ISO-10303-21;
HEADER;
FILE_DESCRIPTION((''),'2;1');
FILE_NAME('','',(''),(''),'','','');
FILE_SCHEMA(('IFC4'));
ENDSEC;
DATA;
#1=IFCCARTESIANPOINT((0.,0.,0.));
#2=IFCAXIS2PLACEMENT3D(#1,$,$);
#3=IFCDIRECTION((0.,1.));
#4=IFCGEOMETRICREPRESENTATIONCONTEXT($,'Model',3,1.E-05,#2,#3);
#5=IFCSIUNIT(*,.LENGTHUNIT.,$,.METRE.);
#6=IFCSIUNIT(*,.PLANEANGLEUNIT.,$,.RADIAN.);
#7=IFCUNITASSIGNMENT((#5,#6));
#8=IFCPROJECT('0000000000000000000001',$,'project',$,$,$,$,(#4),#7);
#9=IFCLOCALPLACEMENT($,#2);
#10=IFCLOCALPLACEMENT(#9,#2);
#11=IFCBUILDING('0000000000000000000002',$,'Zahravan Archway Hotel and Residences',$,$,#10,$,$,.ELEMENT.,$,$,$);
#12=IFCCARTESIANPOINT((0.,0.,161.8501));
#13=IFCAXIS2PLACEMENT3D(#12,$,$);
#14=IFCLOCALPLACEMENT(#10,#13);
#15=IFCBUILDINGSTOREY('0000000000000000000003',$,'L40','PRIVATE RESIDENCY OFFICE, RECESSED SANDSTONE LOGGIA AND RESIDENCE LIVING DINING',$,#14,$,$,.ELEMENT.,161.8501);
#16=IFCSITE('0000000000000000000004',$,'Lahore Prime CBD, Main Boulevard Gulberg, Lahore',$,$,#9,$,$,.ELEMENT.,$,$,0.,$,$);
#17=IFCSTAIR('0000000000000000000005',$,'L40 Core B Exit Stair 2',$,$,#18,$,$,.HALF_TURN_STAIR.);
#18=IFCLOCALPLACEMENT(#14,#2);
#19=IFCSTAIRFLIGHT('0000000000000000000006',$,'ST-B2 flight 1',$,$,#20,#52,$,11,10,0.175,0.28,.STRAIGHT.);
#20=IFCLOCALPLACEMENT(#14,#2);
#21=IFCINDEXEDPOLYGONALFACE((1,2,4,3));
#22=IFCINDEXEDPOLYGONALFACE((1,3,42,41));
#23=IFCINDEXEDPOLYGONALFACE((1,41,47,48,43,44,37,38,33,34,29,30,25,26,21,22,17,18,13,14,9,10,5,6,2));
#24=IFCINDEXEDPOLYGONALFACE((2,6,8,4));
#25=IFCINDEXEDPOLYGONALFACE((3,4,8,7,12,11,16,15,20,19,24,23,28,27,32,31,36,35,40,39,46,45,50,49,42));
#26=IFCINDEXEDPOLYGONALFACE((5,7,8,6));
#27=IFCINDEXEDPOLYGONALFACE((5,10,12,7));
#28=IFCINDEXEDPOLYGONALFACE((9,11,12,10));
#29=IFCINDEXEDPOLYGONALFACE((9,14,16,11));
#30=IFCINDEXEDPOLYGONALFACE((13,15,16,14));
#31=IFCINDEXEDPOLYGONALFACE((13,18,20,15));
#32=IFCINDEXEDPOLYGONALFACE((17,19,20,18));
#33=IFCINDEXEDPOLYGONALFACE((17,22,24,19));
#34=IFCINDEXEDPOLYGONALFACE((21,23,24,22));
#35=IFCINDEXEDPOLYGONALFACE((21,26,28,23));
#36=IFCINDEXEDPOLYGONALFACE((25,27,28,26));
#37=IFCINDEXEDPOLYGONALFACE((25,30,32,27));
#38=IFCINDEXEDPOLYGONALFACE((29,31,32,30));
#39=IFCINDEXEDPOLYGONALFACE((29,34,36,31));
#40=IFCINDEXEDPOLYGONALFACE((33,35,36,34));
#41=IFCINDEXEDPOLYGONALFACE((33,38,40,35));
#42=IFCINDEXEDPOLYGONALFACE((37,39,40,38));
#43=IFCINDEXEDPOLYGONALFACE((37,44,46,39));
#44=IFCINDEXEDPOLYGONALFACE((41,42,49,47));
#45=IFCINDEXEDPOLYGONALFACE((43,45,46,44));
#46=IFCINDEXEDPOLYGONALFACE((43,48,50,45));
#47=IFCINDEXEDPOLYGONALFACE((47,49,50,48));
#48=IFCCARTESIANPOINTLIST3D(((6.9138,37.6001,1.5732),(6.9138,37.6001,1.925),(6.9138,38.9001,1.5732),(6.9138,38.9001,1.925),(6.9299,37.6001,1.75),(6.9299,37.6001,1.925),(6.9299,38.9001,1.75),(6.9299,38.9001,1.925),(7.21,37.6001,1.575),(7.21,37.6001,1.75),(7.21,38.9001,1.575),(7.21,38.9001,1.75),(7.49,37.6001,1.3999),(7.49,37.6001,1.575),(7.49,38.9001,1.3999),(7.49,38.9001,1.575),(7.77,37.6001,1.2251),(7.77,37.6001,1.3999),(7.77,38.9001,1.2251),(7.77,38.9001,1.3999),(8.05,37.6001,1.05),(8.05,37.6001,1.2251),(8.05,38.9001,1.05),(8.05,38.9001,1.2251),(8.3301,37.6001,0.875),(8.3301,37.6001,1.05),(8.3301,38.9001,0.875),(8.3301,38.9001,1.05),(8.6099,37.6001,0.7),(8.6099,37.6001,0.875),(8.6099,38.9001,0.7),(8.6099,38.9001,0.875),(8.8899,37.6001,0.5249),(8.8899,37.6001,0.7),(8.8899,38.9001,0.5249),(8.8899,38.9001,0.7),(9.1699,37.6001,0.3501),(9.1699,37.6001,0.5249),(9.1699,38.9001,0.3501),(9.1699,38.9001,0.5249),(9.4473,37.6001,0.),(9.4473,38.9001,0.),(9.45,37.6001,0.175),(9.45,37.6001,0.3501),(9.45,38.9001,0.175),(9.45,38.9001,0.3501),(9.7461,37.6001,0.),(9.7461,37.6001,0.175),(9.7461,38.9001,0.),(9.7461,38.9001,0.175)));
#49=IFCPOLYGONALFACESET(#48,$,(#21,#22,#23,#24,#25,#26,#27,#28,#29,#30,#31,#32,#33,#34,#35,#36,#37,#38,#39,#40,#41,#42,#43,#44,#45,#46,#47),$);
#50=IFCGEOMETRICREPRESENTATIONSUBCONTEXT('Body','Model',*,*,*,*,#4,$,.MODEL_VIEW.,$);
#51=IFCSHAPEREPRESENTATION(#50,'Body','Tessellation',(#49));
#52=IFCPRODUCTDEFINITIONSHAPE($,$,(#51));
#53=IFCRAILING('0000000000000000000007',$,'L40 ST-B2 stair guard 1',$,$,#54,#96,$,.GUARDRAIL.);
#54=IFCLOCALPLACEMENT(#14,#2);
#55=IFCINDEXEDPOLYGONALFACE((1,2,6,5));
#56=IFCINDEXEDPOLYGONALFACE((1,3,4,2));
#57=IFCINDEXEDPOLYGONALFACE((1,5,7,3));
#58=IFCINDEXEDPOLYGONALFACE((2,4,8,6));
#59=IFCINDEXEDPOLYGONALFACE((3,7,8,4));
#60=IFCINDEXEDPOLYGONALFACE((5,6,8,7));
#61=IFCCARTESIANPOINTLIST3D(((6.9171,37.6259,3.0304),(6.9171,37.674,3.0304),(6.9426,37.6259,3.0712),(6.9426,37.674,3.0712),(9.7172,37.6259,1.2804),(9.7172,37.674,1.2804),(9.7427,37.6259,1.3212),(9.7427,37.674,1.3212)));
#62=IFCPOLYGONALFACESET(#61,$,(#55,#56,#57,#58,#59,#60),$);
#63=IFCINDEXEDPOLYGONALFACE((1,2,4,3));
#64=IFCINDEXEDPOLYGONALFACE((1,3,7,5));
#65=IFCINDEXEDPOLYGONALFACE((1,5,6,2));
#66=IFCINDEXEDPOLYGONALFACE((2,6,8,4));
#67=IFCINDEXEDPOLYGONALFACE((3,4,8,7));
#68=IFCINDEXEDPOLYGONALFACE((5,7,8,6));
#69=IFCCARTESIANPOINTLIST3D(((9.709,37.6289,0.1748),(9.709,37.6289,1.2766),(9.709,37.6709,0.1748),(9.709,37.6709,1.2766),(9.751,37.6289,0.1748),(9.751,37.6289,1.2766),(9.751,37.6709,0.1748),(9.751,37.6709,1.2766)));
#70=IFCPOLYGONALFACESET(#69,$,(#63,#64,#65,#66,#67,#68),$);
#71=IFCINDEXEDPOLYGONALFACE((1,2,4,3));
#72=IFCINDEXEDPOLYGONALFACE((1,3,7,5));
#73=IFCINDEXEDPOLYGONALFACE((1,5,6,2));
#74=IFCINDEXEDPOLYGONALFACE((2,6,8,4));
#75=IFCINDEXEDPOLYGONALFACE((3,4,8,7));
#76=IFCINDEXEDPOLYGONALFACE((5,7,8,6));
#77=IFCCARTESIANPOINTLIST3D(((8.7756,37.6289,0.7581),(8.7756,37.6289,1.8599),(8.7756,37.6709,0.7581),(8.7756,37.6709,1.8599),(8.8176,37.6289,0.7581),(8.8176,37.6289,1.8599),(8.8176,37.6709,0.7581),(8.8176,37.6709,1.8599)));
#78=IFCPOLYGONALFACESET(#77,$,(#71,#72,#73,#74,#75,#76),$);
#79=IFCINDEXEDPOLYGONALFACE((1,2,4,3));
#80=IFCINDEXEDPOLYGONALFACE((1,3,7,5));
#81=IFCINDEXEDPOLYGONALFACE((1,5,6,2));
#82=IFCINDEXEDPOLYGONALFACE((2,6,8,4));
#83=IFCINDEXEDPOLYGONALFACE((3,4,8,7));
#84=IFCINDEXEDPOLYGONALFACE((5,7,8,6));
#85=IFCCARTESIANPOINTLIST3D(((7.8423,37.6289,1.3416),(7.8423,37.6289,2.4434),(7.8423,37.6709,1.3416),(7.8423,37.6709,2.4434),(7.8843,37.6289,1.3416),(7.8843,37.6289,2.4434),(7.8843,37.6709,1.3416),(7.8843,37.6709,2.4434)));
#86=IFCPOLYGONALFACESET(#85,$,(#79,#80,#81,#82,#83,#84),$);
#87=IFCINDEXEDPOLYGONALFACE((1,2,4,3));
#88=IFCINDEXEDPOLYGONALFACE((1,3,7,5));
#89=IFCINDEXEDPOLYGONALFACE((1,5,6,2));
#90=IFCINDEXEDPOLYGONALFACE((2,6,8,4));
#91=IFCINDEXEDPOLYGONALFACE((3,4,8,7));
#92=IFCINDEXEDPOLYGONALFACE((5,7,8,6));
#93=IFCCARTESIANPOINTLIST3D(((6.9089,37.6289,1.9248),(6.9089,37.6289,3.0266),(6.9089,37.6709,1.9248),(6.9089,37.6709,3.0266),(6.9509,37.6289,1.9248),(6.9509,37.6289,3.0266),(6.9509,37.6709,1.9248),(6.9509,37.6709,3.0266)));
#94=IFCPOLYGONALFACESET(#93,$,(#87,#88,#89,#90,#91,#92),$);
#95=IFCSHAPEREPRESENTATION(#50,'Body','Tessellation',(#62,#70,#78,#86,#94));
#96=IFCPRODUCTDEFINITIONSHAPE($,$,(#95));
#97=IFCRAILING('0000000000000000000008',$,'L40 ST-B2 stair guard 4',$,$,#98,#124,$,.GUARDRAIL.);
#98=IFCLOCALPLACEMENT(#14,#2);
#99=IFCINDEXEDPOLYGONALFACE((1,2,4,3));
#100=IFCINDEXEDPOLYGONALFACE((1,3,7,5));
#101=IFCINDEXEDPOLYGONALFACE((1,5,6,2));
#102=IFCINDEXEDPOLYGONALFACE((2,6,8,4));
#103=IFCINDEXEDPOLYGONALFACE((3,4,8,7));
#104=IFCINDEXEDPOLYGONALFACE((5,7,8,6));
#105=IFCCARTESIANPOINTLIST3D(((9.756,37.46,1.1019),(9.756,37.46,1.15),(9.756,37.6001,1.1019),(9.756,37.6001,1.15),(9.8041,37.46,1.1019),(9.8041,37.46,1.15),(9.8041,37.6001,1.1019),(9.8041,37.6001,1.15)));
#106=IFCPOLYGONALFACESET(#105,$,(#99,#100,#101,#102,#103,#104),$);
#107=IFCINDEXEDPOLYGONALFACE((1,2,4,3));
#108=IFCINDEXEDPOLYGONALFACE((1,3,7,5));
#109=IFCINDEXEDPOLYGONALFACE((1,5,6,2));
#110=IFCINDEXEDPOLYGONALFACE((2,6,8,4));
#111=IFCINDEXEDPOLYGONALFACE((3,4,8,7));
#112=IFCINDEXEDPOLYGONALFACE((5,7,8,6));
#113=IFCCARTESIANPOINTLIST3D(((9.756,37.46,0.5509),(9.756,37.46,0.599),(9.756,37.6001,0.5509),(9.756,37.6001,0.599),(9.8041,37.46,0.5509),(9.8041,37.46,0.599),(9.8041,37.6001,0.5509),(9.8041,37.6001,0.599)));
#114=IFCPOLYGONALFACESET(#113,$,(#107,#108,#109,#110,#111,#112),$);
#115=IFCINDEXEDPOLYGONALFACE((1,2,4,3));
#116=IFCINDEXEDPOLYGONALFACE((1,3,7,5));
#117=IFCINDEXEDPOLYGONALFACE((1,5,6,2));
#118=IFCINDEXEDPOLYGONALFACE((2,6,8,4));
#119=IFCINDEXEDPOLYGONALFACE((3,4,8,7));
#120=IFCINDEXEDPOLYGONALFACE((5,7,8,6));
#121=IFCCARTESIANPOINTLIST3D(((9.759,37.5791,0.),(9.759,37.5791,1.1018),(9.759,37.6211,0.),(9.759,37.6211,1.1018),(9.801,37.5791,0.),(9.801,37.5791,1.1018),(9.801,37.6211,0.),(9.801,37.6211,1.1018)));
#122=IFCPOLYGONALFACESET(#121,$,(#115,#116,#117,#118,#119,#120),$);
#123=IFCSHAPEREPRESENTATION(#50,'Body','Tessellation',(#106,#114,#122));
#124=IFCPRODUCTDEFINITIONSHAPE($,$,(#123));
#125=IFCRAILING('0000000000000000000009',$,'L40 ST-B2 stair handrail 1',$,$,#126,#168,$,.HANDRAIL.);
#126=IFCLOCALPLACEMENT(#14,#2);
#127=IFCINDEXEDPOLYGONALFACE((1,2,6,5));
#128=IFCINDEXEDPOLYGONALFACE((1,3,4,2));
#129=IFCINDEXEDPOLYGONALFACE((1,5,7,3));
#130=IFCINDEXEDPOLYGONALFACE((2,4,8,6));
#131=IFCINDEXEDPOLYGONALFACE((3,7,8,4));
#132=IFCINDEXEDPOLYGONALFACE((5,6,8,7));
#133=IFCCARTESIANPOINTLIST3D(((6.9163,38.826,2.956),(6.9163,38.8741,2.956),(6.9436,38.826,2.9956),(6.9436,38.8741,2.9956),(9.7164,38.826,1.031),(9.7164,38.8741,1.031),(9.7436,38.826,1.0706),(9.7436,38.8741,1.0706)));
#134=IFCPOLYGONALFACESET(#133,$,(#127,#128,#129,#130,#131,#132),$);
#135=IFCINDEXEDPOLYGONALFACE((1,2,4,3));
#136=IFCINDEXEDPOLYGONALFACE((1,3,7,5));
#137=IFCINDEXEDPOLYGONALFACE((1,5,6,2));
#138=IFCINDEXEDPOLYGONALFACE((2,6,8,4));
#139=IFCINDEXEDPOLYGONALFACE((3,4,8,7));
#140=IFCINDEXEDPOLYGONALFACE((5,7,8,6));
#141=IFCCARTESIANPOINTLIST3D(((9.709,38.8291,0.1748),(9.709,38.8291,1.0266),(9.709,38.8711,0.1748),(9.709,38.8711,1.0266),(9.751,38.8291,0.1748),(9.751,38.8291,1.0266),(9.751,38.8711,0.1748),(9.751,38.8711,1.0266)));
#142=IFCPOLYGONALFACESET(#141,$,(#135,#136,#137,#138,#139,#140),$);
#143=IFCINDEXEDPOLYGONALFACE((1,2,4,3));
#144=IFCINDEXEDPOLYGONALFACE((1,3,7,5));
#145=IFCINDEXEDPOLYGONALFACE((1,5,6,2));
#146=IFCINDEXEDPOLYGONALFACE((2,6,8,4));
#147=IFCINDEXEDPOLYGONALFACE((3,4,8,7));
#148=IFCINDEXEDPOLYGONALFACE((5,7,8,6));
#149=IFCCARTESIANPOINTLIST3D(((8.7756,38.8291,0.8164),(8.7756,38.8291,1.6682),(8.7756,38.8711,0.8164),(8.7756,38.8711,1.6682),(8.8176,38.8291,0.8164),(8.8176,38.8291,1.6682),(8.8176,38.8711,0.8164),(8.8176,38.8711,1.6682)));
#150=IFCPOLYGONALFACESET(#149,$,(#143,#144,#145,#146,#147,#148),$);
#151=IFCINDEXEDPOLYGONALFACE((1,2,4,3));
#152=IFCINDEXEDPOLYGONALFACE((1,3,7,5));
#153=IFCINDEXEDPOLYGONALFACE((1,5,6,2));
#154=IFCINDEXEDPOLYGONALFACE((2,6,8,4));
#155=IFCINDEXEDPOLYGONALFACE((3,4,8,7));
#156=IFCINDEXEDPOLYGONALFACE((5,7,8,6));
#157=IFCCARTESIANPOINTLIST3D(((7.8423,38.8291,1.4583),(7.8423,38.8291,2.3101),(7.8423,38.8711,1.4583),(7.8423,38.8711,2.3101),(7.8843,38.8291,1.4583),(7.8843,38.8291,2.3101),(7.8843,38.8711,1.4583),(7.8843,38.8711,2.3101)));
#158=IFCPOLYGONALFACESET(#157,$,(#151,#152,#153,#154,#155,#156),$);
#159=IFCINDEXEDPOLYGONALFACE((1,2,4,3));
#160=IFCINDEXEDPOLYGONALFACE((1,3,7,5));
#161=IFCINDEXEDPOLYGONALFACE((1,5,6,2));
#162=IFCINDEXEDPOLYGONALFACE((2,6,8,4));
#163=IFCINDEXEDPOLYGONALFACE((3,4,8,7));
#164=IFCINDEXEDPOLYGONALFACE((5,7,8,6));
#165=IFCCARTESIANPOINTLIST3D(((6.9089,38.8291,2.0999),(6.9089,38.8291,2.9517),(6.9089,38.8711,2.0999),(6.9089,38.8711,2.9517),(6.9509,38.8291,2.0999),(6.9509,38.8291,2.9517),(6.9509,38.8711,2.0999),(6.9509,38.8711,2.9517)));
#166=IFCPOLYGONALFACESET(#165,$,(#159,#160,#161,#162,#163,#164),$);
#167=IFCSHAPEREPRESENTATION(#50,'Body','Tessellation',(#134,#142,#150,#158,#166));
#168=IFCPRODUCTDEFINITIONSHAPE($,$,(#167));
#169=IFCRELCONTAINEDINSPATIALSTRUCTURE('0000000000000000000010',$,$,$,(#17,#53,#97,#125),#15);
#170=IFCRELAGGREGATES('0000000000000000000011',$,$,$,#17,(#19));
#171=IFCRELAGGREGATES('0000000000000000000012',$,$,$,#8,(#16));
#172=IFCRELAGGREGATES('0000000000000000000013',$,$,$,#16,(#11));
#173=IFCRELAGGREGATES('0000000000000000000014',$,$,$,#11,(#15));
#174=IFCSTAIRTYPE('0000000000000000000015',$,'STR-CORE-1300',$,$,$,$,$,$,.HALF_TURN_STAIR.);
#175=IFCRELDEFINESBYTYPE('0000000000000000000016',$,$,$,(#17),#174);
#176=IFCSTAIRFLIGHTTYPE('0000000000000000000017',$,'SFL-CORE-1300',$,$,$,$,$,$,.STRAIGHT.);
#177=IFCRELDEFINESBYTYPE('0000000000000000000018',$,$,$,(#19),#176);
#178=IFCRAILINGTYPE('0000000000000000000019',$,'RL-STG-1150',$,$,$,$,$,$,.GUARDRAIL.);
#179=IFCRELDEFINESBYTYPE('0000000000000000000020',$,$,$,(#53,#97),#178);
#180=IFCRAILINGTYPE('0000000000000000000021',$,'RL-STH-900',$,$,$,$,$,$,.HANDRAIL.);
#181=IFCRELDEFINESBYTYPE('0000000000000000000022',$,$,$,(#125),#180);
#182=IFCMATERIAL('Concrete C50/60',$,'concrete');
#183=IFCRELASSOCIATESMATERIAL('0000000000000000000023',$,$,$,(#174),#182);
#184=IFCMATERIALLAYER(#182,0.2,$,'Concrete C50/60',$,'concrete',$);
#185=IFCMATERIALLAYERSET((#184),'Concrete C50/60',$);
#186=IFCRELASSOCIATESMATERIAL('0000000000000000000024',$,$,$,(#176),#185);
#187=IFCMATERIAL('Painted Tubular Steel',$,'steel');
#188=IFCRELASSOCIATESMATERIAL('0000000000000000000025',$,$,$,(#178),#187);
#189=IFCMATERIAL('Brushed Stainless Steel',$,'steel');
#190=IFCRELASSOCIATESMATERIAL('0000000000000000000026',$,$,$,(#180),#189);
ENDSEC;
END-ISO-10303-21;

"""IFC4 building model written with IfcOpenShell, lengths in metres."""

from ifc_helpers import new_model, si_unit, direction, frame, origin, origin_2d, place, context, subcontext, project, spatial, polyline, rectangle, outline, extrude, source, transform, mapped, material, layer, layer_set, type_object, element, aggregate, save


model = new_model("IFC4")

# Units and contexts
model_context = context("Model", 3, precision=1e-05, world=origin(), true_north=direction((0.0, 1.0)))
body_context = subcontext(model_context, "Body", "Model", "MODEL_VIEW")
ifc_project = project(units=[si_unit("LENGTHUNIT", "METRE"), si_unit("PLANEANGLEUNIT", "RADIAN")], contexts=[model_context])

# Site, building, storey
site_placement = place(None, origin())
site = spatial("IfcSite", under=ifc_project, at=site_placement, Name="Lahore Prime CBD, Main Boulevard Gulberg, Lahore", CompositionType="ELEMENT", RefElevation=0.0)
building_placement = place(site_placement, origin())
building = spatial("IfcBuilding", under=site, at=building_placement, Name="Zahravan Archway Hotel and Residences", CompositionType="ELEMENT")
storey_placement = place(building_placement, frame((0.0, 0.0, 161.8501)))
storey = spatial("IfcBuildingStorey", under=building, at=storey_placement, Name="L40", Description="PRIVATE RESIDENCY OFFICE, RECESSED SANDSTONE LOGGIA AND RESIDENCE LIVING DINING", CompositionType="ELEMENT", Elevation=161.8501)

# Stair, stair flight
ifc_material_1 = material(Name="Concrete C50/60", Category="concrete")
stair_type = type_object("IfcStairType", Name="STR-CORE-1300", PredefinedType="HALF_TURN_STAIR", material=ifc_material_1)
stair_placement = place(storey_placement, origin())
stair = element("IfcStair", 1, at=stair_placement, inside=storey, type_object=stair_type, Name="L40 Core B Exit Stair 2", PredefinedType="HALF_TURN_STAIR")
ifc_layer_1 = layer(ifc_material_1, 0.2, Name="Concrete C50/60", Category="concrete")
ifc_layer_set_1 = layer_set([ifc_layer_1], Name="Concrete C50/60")
stair_flight_type = type_object("IfcStairFlightType", Name="SFL-CORE-1300", PredefinedType="STRAIGHT", material=ifc_layer_set_1)
shared_shape_1 = source(origin(), body_context, "Body", "SweptSolid", [
    extrude(outline(polyline([(-0.0161, 0.0), (-0.0161, 0.175), (0.28, 0.175), (0.28, 0.3501), (0.5601, 0.3501), (0.5601, 0.5249), (0.8401, 0.5249), (0.8401, 0.7), (1.1201, 0.7), (1.1201, 0.875), (1.3999, 0.875), (1.3999, 1.05), (1.6799, 1.05), (1.6799, 1.2251), (1.96, 1.2251), (1.96, 1.3999), (2.24, 1.3999), (2.24, 1.575), (2.52, 1.575), (2.52, 1.75), (2.8, 1.75), (2.8, 1.925), (2.8162, 1.925), (2.8162, 1.5732), (0.2827, 0.0), (-0.0161, 0.0)])), frame((0.0, 0.6499, 0.0), z_axis=(0.0, -1.0, 0.0), x_axis=(1.0, 0.0, 0.0)), (0.0, 0.0, 1.0), 1.3),
])
stair_flight_placement = place(storey_placement, frame((9.73, 38.25, 0.0), z_axis=(0.0, 0.0, 1.0), x_axis=(-1.0, 0.0, 0.0)))
stair_flight = element("IfcStairFlight", 2, at=stair_flight_placement, type_object=stair_flight_type, Name="ST-B2 flight 1", NumberOfRisers=11, NumberOfTreads=10, PredefinedType="STRAIGHT", RiserHeight=0.175, TreadLength=0.28, context=body_context, shape_type="MappedRepresentation", body=[
    mapped(shared_shape_1, transform((0.0, 0.0, 0.0), scale=1.0)),
])
aggregate(stair, [stair_flight])

# Railings
ifc_material_2 = material(Name="Painted Tubular Steel", Category="steel")
railing_type_1 = type_object("IfcRailingType", Name="RL-STG-1150", PredefinedType="GUARDRAIL", material=ifc_material_2)
railing_1_placement = place(storey_placement, frame((9.73, 37.6499, 0.1748)))
element("IfcRailing", 3, at=railing_1_placement, inside=storey, type_object=railing_type_1, Name="L40 ST-B2 stair guard 1", PredefinedType="GUARDRAIL", context=body_context, shape_type="SweptSolid", body=[
    extrude(rectangle(XDim=0.0481, YDim=0.0481, at=origin_2d()), frame((0.0, 0.0, 1.126), z_axis=(-0.848002, 0.0, 0.529992), x_axis=(0.0, -1.0, 0.0)), (0.0, 0.0, 1.0), 3.302),
    extrude(rectangle(XDim=0.042, YDim=0.042, at=origin_2d()), origin(), (0.0, 0.0, 1.0), 1.1018),
    extrude(rectangle(XDim=0.042, YDim=0.042, at=origin_2d()), frame((-0.9333, 0.0, 0.5833)), (0.0, 0.0, 1.0), 1.1018),
    extrude(rectangle(XDim=0.042, YDim=0.042, at=origin_2d()), frame((-1.8667, 0.0, 1.1667)), (0.0, 0.0, 1.0), 1.1018),
    extrude(rectangle(XDim=0.042, YDim=0.042, at=origin_2d()), frame((-2.8, 0.0, 1.75)), (0.0, 0.0, 1.0), 1.1018),
])
railing_2_placement = place(storey_placement, frame((9.78, 37.6001, 0.0)))
element("IfcRailing", 4, at=railing_2_placement, inside=storey, type_object=railing_type_1, Name="L40 ST-B2 stair guard 4", PredefinedType="GUARDRAIL", context=body_context, shape_type="SweptSolid", body=[
    extrude(rectangle(XDim=0.0481, YDim=0.0481, at=origin_2d()), frame((0.0, 0.0, 1.126), z_axis=(0.0, -1.0, 0.0), x_axis=(1.0, 0.0, 0.0)), (0.0, 0.0, 1.0), 0.1401),
    extrude(rectangle(XDim=0.0481, YDim=0.0481, at=origin_2d()), frame((0.0, 0.0, 0.575), z_axis=(0.0, -1.0, 0.0), x_axis=(1.0, 0.0, 0.0)), (0.0, 0.0, 1.0), 0.1401),
    extrude(rectangle(XDim=0.042, YDim=0.042, at=origin_2d()), origin(), (0.0, 0.0, 1.0), 1.1018),
])
ifc_material_3 = material(Name="Brushed Stainless Steel", Category="steel")
railing_type_2 = type_object("IfcRailingType", Name="RL-STH-900", PredefinedType="HANDRAIL", material=ifc_material_3)
railing_3_placement = place(storey_placement, frame((9.73, 38.8501, 0.1748)))
element("IfcRailing", 5, at=railing_3_placement, inside=storey, type_object=railing_type_2, Name="L40 ST-B2 stair handrail 1", PredefinedType="HANDRAIL", context=body_context, shape_type="SweptSolid", body=[
    extrude(rectangle(XDim=0.0481, YDim=0.0481, at=origin_2d()), frame((0.0, 0.0, 0.876), z_axis=(-0.82404, 0.0, 0.566532), x_axis=(0.0, -1.0, 0.0)), (0.0, 0.0, 1.0), 3.3979),
    extrude(rectangle(XDim=0.042, YDim=0.042, at=origin_2d()), origin(), (0.0, 0.0, 1.0), 0.8518),
    extrude(rectangle(XDim=0.042, YDim=0.042, at=origin_2d()), frame((-0.9333, 0.0, 0.6416)), (0.0, 0.0, 1.0), 0.8518),
    extrude(rectangle(XDim=0.042, YDim=0.042, at=origin_2d()), frame((-1.8667, 0.0, 1.2834)), (0.0, 0.0, 1.0), 0.8518),
    extrude(rectangle(XDim=0.042, YDim=0.042, at=origin_2d()), frame((-2.8, 0.0, 1.925)), (0.0, 0.0, 1.0), 0.8518),
])

save(model, "model.ifc")
